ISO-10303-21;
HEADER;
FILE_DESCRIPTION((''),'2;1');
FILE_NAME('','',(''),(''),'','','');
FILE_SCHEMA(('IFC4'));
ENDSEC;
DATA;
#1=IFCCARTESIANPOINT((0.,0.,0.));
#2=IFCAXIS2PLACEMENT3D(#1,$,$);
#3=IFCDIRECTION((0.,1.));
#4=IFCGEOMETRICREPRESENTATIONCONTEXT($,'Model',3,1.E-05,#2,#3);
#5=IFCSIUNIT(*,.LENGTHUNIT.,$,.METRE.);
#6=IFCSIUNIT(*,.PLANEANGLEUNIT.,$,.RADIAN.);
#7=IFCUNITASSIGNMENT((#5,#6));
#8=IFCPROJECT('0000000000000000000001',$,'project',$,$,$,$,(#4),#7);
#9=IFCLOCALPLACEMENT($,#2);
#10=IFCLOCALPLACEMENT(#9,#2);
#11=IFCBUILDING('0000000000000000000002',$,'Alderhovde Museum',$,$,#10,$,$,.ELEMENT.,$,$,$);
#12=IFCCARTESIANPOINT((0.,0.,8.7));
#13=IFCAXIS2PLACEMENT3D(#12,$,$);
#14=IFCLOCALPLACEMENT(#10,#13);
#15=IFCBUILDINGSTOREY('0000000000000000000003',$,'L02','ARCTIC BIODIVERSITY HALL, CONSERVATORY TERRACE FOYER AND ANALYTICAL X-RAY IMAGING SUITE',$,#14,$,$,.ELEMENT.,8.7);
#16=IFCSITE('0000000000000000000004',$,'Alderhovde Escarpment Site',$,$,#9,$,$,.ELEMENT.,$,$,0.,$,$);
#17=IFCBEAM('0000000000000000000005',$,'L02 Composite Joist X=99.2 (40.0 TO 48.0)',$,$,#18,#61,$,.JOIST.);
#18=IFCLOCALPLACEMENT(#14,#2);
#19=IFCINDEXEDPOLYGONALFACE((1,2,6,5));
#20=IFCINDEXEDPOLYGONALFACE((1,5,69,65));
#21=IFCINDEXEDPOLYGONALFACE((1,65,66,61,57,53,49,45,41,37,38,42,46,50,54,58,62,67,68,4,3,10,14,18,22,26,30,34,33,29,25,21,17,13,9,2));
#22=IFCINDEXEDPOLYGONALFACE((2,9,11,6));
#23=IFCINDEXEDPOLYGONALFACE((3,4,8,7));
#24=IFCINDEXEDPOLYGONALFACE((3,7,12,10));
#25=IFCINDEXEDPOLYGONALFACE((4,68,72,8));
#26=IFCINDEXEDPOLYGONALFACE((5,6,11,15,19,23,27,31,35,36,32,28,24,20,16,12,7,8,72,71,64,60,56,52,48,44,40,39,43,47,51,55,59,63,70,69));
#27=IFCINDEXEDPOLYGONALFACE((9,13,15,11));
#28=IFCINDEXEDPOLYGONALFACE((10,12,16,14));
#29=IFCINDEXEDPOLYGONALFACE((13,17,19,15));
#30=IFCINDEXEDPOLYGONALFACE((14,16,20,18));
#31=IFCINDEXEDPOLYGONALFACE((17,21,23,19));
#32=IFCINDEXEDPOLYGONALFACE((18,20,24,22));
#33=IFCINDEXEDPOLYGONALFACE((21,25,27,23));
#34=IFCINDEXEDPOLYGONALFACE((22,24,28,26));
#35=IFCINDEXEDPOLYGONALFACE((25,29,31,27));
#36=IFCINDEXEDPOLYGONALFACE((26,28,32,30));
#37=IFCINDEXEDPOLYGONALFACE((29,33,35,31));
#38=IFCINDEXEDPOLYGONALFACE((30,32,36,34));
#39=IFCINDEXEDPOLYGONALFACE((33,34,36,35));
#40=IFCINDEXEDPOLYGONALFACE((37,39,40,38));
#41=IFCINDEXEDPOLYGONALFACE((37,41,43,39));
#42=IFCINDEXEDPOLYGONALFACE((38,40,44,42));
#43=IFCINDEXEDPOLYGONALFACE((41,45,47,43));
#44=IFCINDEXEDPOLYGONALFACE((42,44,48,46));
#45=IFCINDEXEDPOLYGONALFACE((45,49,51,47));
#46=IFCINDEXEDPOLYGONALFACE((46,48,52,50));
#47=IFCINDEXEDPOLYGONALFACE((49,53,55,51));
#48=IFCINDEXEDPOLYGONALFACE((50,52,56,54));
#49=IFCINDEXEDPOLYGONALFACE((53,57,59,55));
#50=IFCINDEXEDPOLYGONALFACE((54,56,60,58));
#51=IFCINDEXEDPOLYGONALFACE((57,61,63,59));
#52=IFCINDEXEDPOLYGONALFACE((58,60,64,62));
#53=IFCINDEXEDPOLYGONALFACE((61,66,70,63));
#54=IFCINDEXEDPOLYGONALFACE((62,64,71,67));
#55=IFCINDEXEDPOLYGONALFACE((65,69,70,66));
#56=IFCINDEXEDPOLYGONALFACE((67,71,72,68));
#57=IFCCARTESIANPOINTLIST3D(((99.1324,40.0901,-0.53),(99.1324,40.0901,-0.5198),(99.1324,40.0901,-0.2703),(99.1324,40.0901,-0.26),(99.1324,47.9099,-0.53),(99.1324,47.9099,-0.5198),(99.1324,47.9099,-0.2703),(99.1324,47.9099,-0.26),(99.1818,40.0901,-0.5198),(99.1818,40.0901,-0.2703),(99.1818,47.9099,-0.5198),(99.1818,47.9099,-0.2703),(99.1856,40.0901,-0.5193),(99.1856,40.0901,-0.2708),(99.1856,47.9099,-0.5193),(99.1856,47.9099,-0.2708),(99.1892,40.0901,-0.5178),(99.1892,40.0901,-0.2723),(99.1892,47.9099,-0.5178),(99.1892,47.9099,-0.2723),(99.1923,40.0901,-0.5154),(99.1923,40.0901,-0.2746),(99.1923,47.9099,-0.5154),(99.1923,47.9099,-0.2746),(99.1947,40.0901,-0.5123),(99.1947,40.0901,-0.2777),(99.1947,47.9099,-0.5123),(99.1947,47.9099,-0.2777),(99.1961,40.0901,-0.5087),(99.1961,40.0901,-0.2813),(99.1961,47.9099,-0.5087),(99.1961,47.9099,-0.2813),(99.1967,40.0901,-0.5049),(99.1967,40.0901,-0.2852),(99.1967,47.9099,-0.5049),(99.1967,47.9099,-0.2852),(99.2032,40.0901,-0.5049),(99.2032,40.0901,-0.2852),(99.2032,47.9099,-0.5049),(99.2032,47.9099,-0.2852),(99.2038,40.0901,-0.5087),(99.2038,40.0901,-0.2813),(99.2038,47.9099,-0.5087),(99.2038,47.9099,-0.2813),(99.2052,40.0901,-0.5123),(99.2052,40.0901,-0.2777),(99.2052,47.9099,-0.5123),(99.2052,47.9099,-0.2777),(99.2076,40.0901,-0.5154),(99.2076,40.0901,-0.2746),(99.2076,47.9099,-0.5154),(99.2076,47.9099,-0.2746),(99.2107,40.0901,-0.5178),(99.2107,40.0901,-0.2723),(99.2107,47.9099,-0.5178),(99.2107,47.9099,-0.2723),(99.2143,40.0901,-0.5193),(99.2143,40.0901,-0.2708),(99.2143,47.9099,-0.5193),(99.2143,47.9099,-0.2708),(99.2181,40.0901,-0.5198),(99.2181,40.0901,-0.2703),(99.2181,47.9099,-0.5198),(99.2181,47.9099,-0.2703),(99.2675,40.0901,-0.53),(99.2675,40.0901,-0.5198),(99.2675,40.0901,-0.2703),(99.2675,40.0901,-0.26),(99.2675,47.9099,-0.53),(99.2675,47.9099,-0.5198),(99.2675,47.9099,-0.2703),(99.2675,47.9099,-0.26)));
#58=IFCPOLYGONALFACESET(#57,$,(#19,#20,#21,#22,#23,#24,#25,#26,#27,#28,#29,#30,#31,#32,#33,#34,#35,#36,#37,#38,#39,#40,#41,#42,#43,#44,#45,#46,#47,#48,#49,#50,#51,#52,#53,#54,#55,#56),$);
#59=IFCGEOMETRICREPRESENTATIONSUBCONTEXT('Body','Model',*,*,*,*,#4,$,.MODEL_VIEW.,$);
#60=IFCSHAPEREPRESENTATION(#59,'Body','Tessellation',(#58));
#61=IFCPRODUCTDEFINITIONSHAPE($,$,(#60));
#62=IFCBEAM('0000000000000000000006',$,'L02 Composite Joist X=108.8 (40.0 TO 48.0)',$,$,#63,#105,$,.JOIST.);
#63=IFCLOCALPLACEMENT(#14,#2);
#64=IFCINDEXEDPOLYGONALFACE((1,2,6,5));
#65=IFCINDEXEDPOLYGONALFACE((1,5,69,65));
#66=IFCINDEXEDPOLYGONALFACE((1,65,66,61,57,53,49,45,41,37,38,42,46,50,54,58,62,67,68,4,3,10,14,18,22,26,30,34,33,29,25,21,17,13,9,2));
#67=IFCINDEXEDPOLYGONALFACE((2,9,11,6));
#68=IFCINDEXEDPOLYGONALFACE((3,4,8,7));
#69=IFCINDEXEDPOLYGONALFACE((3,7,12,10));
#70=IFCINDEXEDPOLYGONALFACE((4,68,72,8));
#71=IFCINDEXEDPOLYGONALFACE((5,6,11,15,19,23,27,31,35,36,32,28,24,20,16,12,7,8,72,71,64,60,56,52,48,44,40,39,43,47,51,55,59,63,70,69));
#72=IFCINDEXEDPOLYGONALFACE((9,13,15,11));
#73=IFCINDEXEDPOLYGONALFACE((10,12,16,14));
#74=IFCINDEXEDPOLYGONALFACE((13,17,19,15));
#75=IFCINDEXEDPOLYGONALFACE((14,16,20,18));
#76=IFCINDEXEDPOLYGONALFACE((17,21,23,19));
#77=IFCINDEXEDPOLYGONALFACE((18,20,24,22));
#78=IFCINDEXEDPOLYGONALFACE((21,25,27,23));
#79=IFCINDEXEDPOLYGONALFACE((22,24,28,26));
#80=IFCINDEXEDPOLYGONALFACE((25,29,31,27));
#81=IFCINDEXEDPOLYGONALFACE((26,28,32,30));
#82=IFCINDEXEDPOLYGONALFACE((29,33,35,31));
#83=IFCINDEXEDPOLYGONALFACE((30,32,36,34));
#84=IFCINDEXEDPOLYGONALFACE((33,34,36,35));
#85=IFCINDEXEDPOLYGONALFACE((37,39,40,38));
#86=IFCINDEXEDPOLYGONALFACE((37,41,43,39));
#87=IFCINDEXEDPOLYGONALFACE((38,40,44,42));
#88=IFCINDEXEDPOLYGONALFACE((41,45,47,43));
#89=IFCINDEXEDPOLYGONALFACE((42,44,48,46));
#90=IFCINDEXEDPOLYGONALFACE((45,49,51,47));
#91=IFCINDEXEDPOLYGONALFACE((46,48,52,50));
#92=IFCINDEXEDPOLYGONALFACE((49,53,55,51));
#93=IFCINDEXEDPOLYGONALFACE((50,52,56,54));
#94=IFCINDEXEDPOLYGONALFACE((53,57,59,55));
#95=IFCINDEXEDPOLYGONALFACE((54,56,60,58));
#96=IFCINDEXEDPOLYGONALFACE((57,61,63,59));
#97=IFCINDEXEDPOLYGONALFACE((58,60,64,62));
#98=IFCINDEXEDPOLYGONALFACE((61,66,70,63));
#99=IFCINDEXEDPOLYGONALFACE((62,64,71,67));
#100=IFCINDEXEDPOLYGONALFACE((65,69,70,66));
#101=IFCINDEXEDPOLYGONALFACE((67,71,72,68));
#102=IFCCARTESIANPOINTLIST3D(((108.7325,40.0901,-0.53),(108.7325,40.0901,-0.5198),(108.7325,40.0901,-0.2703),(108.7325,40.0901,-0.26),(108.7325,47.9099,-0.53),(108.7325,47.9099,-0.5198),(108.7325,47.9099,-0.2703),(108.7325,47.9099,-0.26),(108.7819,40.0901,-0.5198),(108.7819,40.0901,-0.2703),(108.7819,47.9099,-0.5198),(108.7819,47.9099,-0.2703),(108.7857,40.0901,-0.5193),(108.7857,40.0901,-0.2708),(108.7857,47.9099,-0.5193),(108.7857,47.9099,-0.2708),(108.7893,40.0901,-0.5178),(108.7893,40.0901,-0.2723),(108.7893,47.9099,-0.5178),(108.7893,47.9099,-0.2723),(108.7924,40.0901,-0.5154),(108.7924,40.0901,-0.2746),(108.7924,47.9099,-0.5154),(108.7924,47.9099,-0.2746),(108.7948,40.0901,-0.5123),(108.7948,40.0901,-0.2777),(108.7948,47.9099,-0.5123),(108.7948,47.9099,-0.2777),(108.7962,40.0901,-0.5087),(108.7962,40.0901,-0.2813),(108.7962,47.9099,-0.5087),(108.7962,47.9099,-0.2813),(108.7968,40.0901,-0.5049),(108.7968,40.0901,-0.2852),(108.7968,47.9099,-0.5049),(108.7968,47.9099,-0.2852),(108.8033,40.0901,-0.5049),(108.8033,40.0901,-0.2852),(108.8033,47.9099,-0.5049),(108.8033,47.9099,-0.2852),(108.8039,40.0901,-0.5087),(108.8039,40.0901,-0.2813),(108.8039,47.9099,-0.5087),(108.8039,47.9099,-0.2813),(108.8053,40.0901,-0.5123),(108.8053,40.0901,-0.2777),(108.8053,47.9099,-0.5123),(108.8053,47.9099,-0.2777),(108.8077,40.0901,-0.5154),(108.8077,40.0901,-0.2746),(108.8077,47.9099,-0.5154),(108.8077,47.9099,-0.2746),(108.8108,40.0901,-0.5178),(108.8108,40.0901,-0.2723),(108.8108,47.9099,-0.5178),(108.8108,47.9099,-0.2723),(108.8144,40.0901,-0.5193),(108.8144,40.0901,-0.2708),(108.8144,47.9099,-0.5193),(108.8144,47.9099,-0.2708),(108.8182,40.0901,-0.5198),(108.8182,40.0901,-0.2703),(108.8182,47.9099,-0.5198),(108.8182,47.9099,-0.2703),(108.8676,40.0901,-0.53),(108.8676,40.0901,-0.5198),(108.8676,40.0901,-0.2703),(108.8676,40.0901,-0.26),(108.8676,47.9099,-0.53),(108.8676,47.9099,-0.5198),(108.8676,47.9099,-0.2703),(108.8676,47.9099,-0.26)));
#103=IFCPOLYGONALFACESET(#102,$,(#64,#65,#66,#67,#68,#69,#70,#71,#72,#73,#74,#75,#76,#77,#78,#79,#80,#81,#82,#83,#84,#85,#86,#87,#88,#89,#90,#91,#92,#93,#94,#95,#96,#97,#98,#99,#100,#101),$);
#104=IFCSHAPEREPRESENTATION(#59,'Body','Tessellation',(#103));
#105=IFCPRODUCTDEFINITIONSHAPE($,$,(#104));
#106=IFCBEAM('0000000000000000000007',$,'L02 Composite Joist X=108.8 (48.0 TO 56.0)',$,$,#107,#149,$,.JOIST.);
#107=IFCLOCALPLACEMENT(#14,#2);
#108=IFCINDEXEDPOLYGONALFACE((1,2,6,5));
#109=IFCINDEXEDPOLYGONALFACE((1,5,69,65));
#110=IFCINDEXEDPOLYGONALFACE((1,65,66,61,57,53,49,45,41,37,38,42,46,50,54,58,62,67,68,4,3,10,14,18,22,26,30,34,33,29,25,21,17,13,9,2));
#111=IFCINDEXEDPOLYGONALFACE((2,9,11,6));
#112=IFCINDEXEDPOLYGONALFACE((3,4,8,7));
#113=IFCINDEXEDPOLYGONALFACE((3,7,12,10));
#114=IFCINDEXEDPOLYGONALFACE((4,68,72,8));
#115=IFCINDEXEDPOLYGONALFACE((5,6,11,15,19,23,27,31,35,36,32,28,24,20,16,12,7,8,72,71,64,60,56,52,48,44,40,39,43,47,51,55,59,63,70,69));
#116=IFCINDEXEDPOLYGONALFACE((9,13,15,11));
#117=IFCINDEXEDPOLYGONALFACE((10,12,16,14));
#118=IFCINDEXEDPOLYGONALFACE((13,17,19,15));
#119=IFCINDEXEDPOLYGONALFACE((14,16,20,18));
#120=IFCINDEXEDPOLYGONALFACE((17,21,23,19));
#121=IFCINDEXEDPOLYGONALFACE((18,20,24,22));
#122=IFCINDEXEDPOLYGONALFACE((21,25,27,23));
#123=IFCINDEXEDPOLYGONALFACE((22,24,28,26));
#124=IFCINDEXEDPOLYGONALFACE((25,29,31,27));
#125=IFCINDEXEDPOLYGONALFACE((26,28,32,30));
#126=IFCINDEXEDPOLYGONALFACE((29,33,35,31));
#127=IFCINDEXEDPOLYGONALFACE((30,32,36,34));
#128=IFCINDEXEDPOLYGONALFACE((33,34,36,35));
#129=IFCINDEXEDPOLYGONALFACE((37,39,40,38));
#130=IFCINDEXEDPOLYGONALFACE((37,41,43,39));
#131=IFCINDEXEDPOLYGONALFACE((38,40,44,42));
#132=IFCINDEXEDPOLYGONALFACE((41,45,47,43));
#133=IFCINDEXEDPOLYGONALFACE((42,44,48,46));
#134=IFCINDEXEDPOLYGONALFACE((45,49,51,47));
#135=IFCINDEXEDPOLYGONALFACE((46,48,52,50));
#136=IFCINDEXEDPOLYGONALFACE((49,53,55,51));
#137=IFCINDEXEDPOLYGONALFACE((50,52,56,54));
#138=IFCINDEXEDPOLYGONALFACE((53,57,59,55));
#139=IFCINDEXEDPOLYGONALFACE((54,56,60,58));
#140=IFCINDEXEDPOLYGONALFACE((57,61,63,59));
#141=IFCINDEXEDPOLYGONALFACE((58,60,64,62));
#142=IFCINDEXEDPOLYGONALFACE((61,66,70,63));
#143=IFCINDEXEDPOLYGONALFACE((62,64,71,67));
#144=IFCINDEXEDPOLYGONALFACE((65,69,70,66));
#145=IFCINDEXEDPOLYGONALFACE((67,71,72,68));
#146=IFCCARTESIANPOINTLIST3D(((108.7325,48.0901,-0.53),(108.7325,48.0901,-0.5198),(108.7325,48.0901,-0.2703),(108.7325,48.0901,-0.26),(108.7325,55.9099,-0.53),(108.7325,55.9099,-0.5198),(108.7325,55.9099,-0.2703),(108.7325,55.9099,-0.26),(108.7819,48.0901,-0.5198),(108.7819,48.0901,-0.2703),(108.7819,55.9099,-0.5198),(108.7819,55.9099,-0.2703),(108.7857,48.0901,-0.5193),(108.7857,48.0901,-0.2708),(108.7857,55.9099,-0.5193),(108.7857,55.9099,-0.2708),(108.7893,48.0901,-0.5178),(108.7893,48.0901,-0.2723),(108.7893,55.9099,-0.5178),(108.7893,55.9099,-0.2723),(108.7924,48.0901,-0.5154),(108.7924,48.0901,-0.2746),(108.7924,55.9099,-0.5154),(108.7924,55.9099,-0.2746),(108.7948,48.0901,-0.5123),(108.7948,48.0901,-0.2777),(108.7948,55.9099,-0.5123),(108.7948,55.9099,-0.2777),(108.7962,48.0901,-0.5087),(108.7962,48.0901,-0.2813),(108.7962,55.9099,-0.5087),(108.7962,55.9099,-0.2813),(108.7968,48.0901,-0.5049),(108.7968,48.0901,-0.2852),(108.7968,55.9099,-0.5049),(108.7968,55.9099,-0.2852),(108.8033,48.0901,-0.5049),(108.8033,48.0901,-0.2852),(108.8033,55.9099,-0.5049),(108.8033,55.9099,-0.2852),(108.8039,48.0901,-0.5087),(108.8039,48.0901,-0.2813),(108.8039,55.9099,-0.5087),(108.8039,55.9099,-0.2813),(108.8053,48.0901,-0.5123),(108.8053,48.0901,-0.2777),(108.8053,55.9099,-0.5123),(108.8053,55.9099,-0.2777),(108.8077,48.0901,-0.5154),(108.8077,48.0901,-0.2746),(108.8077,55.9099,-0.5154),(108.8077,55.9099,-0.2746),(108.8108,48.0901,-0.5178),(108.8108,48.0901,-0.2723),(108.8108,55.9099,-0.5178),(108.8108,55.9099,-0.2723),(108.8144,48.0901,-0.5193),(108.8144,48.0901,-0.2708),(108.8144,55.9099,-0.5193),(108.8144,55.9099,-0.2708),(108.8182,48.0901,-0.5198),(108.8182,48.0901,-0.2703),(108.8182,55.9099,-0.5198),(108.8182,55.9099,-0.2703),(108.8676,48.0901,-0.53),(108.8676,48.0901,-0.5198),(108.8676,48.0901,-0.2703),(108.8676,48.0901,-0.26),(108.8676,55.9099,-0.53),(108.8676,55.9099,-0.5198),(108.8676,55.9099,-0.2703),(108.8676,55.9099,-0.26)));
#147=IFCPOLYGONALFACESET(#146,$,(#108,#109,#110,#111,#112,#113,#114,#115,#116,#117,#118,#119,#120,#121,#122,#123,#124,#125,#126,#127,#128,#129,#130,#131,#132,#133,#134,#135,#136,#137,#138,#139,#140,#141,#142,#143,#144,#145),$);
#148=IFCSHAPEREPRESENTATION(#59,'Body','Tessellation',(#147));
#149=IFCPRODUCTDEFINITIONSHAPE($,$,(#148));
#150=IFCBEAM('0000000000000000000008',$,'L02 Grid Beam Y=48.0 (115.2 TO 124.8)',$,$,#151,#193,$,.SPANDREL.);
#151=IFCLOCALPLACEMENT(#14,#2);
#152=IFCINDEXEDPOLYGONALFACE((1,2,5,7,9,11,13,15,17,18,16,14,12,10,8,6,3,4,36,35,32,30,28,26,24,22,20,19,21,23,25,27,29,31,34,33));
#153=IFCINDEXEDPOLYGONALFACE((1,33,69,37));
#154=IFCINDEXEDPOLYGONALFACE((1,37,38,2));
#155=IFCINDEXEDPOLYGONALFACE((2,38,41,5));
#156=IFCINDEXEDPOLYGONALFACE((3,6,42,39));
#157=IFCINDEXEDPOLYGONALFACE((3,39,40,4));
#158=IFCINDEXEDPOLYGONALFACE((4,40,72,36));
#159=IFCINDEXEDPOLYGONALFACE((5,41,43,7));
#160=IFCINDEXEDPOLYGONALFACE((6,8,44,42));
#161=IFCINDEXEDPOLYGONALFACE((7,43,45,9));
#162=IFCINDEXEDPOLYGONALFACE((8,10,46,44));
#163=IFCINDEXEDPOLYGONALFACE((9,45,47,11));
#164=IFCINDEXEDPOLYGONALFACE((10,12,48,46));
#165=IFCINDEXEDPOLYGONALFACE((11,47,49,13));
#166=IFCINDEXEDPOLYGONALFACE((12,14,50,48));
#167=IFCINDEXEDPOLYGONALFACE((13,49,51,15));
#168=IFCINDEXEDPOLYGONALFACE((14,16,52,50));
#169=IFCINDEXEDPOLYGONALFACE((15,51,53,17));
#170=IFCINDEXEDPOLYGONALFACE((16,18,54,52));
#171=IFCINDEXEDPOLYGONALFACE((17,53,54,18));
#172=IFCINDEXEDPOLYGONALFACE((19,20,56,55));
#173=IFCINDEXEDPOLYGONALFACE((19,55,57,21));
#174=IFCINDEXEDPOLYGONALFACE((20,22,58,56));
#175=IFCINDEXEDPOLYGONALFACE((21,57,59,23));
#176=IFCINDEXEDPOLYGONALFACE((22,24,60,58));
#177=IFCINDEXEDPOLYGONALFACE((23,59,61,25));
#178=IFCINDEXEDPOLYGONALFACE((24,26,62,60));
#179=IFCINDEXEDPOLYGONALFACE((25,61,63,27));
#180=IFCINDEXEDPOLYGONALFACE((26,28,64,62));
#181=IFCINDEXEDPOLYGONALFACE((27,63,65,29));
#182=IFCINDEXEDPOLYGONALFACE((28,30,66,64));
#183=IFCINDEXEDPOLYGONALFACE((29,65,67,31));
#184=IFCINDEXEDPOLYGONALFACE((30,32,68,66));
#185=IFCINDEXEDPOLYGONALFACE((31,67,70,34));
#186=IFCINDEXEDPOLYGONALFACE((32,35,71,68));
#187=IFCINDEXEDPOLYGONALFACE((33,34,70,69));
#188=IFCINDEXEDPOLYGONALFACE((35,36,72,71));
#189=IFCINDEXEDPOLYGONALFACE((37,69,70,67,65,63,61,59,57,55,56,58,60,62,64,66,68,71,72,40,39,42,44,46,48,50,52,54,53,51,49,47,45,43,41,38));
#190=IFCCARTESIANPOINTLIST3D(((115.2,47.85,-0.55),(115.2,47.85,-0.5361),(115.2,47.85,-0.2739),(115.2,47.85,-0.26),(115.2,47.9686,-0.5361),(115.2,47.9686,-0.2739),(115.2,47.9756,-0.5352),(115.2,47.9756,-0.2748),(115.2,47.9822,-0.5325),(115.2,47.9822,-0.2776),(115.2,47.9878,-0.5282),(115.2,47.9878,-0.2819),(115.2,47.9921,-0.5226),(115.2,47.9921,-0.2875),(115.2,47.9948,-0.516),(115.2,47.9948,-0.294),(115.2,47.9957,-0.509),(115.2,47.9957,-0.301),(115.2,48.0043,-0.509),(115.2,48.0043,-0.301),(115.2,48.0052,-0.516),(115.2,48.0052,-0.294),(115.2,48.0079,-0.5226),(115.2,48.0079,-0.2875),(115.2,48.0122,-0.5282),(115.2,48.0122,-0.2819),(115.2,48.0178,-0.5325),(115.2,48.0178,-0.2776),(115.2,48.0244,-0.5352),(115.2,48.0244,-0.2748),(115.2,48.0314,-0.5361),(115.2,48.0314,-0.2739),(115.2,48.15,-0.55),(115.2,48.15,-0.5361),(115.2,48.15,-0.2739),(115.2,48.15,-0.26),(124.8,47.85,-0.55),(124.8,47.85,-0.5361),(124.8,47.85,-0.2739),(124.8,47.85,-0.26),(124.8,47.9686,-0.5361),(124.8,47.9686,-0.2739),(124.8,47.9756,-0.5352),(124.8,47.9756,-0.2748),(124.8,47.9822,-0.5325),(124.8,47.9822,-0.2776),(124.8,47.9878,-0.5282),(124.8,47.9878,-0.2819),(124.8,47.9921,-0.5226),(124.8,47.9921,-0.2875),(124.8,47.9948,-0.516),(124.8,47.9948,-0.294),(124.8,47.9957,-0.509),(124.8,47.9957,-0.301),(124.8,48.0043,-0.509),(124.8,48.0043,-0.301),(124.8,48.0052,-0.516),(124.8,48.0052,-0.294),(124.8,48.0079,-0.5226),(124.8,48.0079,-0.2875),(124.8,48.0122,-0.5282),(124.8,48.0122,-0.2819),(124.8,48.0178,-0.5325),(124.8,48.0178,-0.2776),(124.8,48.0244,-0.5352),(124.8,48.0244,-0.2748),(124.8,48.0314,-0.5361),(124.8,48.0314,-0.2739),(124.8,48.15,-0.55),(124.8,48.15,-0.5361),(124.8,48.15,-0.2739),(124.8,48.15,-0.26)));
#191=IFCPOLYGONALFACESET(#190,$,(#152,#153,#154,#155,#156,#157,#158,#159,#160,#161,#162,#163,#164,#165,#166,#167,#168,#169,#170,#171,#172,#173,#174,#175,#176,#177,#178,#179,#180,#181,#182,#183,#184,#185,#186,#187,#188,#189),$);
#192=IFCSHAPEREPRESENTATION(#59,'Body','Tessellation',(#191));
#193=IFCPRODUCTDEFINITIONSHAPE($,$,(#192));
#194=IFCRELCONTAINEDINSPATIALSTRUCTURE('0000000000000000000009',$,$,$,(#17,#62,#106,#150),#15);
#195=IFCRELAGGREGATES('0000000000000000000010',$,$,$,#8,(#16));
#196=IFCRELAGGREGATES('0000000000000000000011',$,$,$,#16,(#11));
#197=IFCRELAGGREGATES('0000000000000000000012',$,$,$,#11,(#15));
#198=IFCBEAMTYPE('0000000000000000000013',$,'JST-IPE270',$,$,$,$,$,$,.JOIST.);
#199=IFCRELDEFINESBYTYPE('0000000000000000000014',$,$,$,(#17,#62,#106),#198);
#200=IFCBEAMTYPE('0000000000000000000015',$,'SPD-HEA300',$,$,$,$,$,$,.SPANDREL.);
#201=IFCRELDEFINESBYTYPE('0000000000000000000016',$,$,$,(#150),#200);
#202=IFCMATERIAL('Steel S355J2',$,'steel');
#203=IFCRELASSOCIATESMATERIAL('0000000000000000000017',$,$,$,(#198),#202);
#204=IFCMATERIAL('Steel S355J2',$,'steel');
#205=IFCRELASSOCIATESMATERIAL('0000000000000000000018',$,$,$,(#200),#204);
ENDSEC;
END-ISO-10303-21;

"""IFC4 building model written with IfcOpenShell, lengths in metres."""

from ifc_helpers import new_model, si_unit, direction, frame, origin, origin_2d, place, context, subcontext, project, spatial, i_section, extrude, material, material_profile, profile_set, type_object, element, save


model = new_model("IFC4")

# Units and contexts
model_context = context("Model", 3, precision=1e-05, world=origin(), true_north=direction((0.0, 1.0)))
body_context = subcontext(model_context, "Body", "Model", "MODEL_VIEW")
ifc_project = project(units=[si_unit("LENGTHUNIT", "METRE"), si_unit("PLANEANGLEUNIT", "RADIAN")], contexts=[model_context])

# Site, building, storey
site_placement = place(None, origin())
site = spatial("IfcSite", under=ifc_project, at=site_placement, Name="Alderhovde Escarpment Site", CompositionType="ELEMENT", RefElevation=0.0)
building_placement = place(site_placement, origin())
building = spatial("IfcBuilding", under=site, at=building_placement, Name="Alderhovde Museum", CompositionType="ELEMENT")
storey_placement = place(building_placement, frame((0.0, 0.0, 8.7)))
storey = spatial("IfcBuildingStorey", under=building, at=storey_placement, Name="L02", Description="ARCTIC BIODIVERSITY HALL, CONSERVATORY TERRACE FOYER AND ANALYTICAL X-RAY IMAGING SUITE", CompositionType="ELEMENT", Elevation=8.7)

# Beams
ifc_material_1 = material(Name="Steel S355J2", Category="steel")
ifc_material_profile_1 = material_profile(ifc_material_1, i_section(OverallWidth=0.135, OverallDepth=0.27, WebThickness=0.0066, FlangeThickness=0.0103, FilletRadius=0.0149, at=origin_2d()), Name="IPE 270")
ifc_profile_set_1 = profile_set([ifc_material_profile_1], Name="Steel S355J2")
beam_type_1 = type_object("IfcBeamType", Name="JST-IPE270", PredefinedType="JOIST", material=ifc_profile_set_1)
for number, where, z_axis, x_axis, name in (
    (1, (99.2, 40.0901, -0.395), (0.0, 1.0, 0.0), (-1.0, 0.0, 0.0), "L02 Composite Joist X=99.2 (40.0 TO 48.0)"),
    (2, (108.8, 40.0901, -0.395), (0.0, 1.0, 0.0), (-1.0, 0.0, 0.0), "L02 Composite Joist X=108.8 (40.0 TO 48.0)"),
    (3, (108.8, 48.0901, -0.395), (0.0, 1.0, 0.0), (-1.0, 0.0, 0.0), "L02 Composite Joist X=108.8 (48.0 TO 56.0)"),
):
    element("IfcBeam", number, at=place(storey_placement, frame(where, z_axis=z_axis, x_axis=x_axis)), inside=storey, type_object=beam_type_1, Name=name, PredefinedType="JOIST", context=body_context, shape_type="SweptSolid", body=[
        extrude(i_section(OverallWidth=0.135, OverallDepth=0.27, WebThickness=0.0066, FlangeThickness=0.0103, FilletRadius=0.0149, at=origin_2d()), origin(), (0.0, 0.0, 1.0), 7.8198),
    ])
ifc_material_2 = material(Name="Steel S355J2", Category="steel")
ifc_material_profile_2 = material_profile(ifc_material_2, i_section(OverallWidth=0.3, OverallDepth=0.29, WebThickness=0.0085, FlangeThickness=0.0139, FilletRadius=0.0271, at=origin_2d()), Name="HEA 300")
ifc_profile_set_2 = profile_set([ifc_material_profile_2], Name="Steel S355J2")
beam_type_2 = type_object("IfcBeamType", Name="SPD-HEA300", PredefinedType="SPANDREL", material=ifc_profile_set_2)
beam_1_placement = place(storey_placement, frame((115.2, 48.0, -0.405), z_axis=(1.0, 0.0, 0.0), x_axis=(0.0, 1.0, 0.0)))
element("IfcBeam", 4, at=beam_1_placement, inside=storey, type_object=beam_type_2, Name="L02 Grid Beam Y=48.0 (115.2 TO 124.8)", PredefinedType="SPANDREL", context=body_context, shape_type="SweptSolid", body=[
    extrude(i_section(OverallWidth=0.3, OverallDepth=0.29, WebThickness=0.0085, FlangeThickness=0.0139, FilletRadius=0.0271, at=origin_2d()), origin(), (0.0, 0.0, 1.0), 9.6001),
])

save(model, "model.ifc")
